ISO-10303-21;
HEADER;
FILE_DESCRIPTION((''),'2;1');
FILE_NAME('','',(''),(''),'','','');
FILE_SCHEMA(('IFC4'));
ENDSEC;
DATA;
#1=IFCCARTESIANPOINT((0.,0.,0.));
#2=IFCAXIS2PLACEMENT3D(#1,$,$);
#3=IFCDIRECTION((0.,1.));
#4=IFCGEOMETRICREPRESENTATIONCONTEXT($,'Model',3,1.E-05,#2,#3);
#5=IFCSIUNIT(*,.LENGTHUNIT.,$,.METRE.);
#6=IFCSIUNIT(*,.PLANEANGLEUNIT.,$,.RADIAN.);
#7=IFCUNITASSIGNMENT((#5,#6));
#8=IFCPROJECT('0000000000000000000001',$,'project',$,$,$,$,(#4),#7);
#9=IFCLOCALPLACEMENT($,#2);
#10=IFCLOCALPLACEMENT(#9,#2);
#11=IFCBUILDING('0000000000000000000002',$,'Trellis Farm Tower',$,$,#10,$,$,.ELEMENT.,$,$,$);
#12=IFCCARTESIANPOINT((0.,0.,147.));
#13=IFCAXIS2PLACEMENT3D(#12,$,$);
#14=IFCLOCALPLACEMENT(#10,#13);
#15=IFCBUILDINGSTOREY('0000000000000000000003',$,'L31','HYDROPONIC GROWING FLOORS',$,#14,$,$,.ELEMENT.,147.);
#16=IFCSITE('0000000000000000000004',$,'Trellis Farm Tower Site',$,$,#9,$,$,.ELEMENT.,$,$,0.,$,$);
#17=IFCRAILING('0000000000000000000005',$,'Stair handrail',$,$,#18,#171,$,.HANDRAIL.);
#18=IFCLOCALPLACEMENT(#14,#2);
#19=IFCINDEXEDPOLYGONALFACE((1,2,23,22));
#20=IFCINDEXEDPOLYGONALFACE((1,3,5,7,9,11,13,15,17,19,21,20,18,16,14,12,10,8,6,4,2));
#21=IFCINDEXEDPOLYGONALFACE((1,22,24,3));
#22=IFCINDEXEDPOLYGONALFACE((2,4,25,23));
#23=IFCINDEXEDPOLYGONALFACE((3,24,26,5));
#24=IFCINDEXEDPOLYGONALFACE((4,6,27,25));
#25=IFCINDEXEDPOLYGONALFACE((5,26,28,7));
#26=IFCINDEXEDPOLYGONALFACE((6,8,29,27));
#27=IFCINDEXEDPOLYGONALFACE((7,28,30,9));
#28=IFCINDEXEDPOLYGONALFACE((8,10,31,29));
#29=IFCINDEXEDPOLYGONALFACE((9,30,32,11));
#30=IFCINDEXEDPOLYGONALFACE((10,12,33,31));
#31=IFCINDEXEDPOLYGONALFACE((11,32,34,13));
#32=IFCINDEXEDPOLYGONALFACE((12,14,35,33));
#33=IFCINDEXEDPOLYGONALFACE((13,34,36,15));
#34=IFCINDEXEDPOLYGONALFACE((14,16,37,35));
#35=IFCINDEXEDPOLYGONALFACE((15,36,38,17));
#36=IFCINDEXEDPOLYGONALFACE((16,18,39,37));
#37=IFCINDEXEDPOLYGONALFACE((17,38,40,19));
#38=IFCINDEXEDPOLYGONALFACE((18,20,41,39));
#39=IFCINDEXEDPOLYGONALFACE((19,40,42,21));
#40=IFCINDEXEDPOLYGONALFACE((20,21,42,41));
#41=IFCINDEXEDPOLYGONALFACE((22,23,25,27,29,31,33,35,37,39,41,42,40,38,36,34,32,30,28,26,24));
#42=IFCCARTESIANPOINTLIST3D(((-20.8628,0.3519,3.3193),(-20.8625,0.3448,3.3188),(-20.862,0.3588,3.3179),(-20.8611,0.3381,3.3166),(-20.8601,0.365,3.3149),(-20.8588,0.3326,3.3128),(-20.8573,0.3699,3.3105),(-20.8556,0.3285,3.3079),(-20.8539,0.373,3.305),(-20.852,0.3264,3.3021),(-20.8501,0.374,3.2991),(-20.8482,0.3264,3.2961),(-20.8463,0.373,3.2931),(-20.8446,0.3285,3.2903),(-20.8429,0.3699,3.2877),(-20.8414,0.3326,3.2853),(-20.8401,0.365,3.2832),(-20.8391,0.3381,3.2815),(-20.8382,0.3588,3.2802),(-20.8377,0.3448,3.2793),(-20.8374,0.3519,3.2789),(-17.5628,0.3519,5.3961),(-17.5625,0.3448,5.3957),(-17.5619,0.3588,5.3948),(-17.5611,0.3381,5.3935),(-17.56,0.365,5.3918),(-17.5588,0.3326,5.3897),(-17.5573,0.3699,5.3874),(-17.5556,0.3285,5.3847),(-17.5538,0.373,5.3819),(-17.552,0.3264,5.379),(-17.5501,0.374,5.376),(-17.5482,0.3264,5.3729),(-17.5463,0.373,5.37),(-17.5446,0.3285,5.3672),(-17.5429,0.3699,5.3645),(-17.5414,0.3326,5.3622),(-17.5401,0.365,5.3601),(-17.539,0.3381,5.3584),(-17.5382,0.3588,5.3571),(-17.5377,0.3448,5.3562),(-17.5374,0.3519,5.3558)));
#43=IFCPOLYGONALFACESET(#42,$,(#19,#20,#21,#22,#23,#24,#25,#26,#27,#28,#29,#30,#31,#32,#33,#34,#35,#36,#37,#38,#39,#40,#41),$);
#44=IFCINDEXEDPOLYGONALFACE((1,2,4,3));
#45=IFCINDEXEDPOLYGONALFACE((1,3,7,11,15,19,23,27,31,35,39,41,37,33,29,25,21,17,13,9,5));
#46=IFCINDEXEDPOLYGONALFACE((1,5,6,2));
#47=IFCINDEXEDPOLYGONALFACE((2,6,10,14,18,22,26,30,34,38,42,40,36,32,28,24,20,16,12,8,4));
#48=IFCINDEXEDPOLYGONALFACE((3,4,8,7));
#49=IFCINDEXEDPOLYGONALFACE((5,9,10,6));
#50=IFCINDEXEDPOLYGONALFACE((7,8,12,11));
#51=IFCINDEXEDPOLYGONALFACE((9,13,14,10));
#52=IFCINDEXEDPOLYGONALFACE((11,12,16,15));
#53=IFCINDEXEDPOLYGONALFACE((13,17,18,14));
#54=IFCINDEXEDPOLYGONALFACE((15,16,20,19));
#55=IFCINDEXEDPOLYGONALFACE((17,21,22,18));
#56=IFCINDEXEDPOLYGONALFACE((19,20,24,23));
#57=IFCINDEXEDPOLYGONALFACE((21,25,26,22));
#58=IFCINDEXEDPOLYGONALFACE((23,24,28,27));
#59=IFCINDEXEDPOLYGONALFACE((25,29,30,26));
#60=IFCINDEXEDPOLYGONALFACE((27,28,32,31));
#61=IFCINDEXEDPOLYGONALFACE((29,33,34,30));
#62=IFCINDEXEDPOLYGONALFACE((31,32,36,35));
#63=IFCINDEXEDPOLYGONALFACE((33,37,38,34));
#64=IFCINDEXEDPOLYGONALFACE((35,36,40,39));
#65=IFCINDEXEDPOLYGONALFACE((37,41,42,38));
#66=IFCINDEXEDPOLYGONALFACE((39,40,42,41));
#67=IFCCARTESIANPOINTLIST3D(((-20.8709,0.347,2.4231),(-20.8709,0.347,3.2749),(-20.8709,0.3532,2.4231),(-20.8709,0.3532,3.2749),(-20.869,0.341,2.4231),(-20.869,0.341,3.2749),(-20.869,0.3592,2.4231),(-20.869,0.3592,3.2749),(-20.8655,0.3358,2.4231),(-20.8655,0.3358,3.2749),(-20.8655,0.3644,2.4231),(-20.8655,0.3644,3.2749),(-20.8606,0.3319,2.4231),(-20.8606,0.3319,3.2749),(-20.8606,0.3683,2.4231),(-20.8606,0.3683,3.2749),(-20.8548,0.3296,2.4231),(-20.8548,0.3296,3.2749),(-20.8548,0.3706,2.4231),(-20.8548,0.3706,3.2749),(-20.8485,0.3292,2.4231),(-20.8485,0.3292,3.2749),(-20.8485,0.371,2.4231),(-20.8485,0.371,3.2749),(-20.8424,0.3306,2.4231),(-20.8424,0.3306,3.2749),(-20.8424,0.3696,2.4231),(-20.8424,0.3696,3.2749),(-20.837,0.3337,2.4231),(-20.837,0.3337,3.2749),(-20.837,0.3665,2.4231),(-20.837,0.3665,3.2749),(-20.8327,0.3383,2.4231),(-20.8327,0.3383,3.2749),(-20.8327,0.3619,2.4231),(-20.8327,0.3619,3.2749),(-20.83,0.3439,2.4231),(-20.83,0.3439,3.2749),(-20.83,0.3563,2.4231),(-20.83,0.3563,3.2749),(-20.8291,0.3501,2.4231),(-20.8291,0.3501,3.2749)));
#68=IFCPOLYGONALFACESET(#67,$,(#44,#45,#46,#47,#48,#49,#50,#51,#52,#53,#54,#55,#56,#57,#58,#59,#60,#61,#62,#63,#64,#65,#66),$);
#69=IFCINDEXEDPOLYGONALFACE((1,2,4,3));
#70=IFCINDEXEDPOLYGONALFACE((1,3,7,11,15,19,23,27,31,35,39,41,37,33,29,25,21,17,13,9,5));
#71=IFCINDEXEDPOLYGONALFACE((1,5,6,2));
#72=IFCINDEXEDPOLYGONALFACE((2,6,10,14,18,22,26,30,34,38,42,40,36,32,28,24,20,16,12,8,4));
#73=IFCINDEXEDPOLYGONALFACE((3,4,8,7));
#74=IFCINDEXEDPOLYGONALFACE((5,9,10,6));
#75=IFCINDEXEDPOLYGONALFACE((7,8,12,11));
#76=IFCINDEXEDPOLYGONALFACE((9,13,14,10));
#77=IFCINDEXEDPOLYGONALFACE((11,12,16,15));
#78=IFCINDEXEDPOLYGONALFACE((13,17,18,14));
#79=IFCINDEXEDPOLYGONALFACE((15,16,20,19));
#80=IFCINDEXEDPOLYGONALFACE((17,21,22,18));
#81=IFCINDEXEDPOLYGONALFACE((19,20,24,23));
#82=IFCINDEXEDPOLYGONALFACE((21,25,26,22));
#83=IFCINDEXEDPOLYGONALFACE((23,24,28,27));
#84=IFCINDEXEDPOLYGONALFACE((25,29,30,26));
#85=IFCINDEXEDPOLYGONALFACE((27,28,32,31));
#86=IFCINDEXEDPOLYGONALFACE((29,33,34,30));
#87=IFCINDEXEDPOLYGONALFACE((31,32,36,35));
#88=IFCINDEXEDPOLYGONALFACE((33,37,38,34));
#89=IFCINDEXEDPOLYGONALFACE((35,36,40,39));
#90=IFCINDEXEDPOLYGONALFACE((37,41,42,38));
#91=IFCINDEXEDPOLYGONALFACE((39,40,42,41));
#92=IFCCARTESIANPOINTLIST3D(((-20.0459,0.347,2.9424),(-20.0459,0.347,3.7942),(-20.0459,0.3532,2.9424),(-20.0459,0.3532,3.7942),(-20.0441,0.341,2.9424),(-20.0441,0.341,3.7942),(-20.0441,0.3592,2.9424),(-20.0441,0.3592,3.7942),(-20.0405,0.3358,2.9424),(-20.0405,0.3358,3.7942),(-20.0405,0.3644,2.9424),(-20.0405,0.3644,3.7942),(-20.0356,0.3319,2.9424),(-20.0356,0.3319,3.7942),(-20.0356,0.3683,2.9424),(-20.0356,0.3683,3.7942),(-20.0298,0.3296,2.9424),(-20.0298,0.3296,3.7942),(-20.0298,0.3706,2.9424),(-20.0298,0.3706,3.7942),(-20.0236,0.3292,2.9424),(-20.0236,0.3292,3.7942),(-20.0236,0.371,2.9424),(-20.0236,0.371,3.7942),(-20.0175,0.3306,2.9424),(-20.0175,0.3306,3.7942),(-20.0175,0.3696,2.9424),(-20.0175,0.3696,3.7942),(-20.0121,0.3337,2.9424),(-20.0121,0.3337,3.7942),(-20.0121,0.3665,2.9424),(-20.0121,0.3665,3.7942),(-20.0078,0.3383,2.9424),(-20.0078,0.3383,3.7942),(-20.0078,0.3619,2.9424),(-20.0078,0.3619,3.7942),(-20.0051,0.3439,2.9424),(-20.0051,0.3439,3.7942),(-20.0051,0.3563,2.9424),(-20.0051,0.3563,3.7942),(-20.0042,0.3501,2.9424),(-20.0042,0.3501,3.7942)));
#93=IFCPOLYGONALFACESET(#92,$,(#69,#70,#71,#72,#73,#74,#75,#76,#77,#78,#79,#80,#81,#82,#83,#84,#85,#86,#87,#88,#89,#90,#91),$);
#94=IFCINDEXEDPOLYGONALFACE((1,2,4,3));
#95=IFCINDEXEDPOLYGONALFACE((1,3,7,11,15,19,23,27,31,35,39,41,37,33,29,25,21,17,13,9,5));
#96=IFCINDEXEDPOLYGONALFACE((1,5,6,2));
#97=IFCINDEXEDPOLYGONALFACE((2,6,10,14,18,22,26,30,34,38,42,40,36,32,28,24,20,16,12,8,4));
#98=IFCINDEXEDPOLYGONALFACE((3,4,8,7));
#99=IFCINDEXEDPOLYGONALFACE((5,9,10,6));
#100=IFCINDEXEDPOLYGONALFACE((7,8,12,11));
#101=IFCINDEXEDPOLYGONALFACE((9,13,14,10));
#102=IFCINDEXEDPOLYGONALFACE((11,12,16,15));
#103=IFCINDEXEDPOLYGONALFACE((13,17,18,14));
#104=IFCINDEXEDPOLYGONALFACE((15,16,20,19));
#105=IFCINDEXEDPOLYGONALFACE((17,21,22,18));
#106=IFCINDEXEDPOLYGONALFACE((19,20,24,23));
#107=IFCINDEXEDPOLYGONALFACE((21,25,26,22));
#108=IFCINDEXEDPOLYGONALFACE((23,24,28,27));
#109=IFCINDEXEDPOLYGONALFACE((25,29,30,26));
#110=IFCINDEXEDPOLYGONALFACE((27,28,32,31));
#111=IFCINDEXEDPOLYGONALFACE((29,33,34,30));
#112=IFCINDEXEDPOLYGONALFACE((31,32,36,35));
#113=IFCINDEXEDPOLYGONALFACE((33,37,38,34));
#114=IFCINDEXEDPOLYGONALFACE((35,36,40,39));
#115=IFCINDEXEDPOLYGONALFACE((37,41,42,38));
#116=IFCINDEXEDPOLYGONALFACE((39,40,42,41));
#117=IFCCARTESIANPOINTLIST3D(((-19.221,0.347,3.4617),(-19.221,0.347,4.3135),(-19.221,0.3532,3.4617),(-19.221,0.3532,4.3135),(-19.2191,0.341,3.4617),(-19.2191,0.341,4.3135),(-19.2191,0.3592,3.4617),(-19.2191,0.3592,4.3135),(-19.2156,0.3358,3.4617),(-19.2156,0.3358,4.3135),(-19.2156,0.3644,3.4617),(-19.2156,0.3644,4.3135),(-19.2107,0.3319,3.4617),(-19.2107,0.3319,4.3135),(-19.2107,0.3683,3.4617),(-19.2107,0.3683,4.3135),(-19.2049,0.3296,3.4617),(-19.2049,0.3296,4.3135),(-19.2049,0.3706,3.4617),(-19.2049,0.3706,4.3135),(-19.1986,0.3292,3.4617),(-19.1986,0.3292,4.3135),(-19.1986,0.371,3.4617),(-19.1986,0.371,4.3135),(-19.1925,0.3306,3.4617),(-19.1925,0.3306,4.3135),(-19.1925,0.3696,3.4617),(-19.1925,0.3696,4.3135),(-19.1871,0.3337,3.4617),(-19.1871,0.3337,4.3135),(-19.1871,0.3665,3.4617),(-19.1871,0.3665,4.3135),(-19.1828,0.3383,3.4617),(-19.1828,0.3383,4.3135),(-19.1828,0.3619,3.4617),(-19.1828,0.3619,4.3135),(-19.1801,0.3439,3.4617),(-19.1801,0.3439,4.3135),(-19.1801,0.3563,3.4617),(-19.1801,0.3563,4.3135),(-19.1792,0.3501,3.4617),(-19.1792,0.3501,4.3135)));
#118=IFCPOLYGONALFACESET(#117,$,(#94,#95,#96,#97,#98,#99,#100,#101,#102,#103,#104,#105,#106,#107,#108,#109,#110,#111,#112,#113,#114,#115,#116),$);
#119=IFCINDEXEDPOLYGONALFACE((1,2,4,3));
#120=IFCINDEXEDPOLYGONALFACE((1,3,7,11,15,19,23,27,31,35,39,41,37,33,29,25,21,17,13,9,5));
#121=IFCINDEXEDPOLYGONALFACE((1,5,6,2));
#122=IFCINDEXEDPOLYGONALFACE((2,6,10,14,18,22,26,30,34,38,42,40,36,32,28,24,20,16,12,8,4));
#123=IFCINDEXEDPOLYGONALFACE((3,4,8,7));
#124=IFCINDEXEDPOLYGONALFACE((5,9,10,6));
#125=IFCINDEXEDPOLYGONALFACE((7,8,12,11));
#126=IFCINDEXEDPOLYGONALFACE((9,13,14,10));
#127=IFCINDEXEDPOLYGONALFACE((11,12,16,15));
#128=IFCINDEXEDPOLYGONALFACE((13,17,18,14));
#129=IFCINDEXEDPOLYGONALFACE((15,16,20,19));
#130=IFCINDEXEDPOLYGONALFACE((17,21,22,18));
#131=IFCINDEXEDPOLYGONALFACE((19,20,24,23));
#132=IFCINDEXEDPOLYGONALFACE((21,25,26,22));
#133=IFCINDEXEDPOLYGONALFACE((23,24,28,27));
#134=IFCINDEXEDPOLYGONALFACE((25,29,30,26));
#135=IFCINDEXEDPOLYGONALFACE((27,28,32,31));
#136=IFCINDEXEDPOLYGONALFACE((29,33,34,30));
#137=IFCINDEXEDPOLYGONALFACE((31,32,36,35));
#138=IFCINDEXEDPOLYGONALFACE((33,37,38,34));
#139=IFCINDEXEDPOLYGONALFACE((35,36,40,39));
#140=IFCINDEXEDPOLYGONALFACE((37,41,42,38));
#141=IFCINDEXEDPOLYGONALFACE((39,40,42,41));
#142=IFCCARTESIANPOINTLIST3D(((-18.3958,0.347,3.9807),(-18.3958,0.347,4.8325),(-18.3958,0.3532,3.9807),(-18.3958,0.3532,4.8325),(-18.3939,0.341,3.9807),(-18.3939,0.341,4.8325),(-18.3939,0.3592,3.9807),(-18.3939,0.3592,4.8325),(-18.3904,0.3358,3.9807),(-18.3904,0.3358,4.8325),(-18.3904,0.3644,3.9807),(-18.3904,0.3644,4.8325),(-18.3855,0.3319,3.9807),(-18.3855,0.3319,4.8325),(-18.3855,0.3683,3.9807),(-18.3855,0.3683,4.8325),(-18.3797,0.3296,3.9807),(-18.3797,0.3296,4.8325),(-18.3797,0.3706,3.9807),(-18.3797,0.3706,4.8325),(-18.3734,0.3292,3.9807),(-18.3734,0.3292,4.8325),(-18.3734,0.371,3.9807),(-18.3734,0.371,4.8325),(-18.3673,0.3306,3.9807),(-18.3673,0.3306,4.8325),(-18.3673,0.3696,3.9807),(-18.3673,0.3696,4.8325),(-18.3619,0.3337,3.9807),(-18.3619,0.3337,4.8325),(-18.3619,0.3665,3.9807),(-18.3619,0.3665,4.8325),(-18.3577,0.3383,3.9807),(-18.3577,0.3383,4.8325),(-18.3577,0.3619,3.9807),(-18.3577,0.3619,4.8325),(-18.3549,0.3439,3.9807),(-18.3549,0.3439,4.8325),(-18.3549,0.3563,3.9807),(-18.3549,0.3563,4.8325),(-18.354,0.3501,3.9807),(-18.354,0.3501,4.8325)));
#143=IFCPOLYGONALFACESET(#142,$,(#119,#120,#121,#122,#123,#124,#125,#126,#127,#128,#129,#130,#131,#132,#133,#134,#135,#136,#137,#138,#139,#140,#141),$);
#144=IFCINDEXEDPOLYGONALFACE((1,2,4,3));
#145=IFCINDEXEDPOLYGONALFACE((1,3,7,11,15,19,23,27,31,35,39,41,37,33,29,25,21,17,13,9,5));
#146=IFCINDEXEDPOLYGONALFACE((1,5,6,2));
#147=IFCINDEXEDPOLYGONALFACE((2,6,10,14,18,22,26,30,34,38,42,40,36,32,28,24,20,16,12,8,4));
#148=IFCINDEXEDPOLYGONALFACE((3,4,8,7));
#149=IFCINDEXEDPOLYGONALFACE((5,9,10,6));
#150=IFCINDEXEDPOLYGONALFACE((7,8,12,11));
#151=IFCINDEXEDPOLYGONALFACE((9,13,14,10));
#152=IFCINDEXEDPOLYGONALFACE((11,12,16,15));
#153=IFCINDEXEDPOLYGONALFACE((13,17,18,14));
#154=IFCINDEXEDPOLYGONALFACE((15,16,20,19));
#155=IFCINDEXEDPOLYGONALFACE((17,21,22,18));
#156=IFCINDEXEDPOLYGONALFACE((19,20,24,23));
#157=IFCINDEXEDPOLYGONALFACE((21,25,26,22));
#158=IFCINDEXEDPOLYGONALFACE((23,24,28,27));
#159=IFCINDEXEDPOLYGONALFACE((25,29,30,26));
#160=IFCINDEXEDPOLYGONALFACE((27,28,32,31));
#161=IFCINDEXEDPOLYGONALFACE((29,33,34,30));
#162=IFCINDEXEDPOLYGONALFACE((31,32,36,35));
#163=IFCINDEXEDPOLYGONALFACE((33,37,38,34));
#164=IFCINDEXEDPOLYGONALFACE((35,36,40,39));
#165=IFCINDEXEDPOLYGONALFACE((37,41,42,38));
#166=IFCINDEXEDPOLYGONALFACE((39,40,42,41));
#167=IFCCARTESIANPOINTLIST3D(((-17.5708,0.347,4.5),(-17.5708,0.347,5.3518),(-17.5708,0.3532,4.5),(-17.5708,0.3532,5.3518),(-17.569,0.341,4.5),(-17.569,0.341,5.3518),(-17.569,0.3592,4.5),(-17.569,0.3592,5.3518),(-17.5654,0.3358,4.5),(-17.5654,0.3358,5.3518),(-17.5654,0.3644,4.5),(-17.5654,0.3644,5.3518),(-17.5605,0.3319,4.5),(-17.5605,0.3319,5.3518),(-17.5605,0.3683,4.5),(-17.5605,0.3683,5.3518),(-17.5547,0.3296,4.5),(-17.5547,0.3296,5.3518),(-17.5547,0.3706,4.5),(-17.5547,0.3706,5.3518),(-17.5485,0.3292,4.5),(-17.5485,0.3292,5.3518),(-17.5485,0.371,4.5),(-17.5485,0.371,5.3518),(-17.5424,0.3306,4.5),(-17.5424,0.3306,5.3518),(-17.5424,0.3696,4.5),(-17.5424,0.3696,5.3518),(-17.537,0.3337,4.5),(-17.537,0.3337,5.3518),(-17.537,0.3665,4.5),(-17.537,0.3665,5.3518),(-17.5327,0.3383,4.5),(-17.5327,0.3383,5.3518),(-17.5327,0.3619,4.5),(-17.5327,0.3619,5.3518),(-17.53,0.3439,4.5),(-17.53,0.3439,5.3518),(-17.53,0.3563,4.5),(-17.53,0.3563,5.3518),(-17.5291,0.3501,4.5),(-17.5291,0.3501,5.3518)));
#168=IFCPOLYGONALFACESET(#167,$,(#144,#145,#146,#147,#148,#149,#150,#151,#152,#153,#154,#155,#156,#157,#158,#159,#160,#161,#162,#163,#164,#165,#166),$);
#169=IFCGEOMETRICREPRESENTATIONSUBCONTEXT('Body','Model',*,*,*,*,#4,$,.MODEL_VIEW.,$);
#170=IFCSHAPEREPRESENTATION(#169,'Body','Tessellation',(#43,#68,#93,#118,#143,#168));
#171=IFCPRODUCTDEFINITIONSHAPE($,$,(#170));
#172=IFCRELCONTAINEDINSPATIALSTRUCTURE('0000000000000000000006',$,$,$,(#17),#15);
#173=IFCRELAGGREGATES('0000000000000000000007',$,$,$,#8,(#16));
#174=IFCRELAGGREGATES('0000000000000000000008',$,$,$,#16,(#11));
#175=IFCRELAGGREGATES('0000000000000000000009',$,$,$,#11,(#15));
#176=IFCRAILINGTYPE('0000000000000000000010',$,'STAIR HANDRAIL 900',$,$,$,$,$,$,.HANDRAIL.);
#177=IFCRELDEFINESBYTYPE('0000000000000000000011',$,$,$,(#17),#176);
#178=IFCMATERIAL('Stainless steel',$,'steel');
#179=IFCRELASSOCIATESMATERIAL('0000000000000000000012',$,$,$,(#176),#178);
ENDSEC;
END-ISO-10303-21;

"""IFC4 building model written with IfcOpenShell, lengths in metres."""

from ifc_helpers import new_model, si_unit, direction, frame, origin, origin_2d, place, context, subcontext, project, spatial, circle, extrude, source, transform, mapped, material, type_object, element, save


model = new_model("IFC4")

# Units and contexts
model_context = context("Model", 3, precision=1e-05, world=origin(), true_north=direction((0.0, 1.0)))
body_context = subcontext(model_context, "Body", "Model", "MODEL_VIEW")
ifc_project = project(units=[si_unit("LENGTHUNIT", "METRE"), si_unit("PLANEANGLEUNIT", "RADIAN")], contexts=[model_context])

# Site, building, storey
site_placement = place(None, origin())
site = spatial("IfcSite", under=ifc_project, at=site_placement, Name="Trellis Farm Tower Site", CompositionType="ELEMENT", RefElevation=0.0)
building_placement = place(site_placement, origin())
building = spatial("IfcBuilding", under=site, at=building_placement, Name="Trellis Farm Tower", CompositionType="ELEMENT")
storey_placement = place(building_placement, frame((0.0, 0.0, 147.0)))
storey = spatial("IfcBuildingStorey", under=building, at=storey_placement, Name="L31", Description="HYDROPONIC GROWING FLOORS", CompositionType="ELEMENT", Elevation=147.0)

# Railing
ifc_material_1 = material(Name="Stainless steel", Category="steel")
railing_type = type_object("IfcRailingType", Name="STAIR HANDRAIL 900", PredefinedType="HANDRAIL", material=ifc_material_1)
shared_shape_1 = source(origin(), body_context, "Body", "SweptSolid", [
    extrude(circle(Radius=0.0239, at=origin_2d()), frame((0.0, 0.0, 0.876), z_axis=(0.846337, 0.0, 0.532647), x_axis=(0.0, 1.0, 0.0)), (0.0, 0.0, 1.0), 3.8992),
    extrude(circle(Radius=0.021, at=origin_2d()), origin(), (0.0, 0.0, 1.0), 0.8518),
    extrude(circle(Radius=0.021, at=origin_2d()), frame((0.825, 0.0, 0.5193)), (0.0, 0.0, 1.0), 0.8518),
    extrude(circle(Radius=0.021, at=origin_2d()), frame((1.6499, 0.0, 1.0386)), (0.0, 0.0, 1.0), 0.8518),
    extrude(circle(Radius=0.021, at=origin_2d()), frame((2.4751, 0.0, 1.5576)), (0.0, 0.0, 1.0), 0.8518),
    extrude(circle(Radius=0.021, at=origin_2d()), frame((3.3, 0.0, 2.0769)), (0.0, 0.0, 1.0), 0.8518),
])
for number, where, name in (
    (1, (-20.8501, 0.3501, 2.4231), "Stair handrail"),
):
    element("IfcRailing", number, at=place(storey_placement, frame(where)), inside=storey, type_object=railing_type, Name=name, PredefinedType="HANDRAIL", context=body_context, shape_type="MappedRepresentation", body=[
        mapped(shared_shape_1, transform((0.0, 0.0, 0.0))),
    ])

save(model, "model.ifc")
